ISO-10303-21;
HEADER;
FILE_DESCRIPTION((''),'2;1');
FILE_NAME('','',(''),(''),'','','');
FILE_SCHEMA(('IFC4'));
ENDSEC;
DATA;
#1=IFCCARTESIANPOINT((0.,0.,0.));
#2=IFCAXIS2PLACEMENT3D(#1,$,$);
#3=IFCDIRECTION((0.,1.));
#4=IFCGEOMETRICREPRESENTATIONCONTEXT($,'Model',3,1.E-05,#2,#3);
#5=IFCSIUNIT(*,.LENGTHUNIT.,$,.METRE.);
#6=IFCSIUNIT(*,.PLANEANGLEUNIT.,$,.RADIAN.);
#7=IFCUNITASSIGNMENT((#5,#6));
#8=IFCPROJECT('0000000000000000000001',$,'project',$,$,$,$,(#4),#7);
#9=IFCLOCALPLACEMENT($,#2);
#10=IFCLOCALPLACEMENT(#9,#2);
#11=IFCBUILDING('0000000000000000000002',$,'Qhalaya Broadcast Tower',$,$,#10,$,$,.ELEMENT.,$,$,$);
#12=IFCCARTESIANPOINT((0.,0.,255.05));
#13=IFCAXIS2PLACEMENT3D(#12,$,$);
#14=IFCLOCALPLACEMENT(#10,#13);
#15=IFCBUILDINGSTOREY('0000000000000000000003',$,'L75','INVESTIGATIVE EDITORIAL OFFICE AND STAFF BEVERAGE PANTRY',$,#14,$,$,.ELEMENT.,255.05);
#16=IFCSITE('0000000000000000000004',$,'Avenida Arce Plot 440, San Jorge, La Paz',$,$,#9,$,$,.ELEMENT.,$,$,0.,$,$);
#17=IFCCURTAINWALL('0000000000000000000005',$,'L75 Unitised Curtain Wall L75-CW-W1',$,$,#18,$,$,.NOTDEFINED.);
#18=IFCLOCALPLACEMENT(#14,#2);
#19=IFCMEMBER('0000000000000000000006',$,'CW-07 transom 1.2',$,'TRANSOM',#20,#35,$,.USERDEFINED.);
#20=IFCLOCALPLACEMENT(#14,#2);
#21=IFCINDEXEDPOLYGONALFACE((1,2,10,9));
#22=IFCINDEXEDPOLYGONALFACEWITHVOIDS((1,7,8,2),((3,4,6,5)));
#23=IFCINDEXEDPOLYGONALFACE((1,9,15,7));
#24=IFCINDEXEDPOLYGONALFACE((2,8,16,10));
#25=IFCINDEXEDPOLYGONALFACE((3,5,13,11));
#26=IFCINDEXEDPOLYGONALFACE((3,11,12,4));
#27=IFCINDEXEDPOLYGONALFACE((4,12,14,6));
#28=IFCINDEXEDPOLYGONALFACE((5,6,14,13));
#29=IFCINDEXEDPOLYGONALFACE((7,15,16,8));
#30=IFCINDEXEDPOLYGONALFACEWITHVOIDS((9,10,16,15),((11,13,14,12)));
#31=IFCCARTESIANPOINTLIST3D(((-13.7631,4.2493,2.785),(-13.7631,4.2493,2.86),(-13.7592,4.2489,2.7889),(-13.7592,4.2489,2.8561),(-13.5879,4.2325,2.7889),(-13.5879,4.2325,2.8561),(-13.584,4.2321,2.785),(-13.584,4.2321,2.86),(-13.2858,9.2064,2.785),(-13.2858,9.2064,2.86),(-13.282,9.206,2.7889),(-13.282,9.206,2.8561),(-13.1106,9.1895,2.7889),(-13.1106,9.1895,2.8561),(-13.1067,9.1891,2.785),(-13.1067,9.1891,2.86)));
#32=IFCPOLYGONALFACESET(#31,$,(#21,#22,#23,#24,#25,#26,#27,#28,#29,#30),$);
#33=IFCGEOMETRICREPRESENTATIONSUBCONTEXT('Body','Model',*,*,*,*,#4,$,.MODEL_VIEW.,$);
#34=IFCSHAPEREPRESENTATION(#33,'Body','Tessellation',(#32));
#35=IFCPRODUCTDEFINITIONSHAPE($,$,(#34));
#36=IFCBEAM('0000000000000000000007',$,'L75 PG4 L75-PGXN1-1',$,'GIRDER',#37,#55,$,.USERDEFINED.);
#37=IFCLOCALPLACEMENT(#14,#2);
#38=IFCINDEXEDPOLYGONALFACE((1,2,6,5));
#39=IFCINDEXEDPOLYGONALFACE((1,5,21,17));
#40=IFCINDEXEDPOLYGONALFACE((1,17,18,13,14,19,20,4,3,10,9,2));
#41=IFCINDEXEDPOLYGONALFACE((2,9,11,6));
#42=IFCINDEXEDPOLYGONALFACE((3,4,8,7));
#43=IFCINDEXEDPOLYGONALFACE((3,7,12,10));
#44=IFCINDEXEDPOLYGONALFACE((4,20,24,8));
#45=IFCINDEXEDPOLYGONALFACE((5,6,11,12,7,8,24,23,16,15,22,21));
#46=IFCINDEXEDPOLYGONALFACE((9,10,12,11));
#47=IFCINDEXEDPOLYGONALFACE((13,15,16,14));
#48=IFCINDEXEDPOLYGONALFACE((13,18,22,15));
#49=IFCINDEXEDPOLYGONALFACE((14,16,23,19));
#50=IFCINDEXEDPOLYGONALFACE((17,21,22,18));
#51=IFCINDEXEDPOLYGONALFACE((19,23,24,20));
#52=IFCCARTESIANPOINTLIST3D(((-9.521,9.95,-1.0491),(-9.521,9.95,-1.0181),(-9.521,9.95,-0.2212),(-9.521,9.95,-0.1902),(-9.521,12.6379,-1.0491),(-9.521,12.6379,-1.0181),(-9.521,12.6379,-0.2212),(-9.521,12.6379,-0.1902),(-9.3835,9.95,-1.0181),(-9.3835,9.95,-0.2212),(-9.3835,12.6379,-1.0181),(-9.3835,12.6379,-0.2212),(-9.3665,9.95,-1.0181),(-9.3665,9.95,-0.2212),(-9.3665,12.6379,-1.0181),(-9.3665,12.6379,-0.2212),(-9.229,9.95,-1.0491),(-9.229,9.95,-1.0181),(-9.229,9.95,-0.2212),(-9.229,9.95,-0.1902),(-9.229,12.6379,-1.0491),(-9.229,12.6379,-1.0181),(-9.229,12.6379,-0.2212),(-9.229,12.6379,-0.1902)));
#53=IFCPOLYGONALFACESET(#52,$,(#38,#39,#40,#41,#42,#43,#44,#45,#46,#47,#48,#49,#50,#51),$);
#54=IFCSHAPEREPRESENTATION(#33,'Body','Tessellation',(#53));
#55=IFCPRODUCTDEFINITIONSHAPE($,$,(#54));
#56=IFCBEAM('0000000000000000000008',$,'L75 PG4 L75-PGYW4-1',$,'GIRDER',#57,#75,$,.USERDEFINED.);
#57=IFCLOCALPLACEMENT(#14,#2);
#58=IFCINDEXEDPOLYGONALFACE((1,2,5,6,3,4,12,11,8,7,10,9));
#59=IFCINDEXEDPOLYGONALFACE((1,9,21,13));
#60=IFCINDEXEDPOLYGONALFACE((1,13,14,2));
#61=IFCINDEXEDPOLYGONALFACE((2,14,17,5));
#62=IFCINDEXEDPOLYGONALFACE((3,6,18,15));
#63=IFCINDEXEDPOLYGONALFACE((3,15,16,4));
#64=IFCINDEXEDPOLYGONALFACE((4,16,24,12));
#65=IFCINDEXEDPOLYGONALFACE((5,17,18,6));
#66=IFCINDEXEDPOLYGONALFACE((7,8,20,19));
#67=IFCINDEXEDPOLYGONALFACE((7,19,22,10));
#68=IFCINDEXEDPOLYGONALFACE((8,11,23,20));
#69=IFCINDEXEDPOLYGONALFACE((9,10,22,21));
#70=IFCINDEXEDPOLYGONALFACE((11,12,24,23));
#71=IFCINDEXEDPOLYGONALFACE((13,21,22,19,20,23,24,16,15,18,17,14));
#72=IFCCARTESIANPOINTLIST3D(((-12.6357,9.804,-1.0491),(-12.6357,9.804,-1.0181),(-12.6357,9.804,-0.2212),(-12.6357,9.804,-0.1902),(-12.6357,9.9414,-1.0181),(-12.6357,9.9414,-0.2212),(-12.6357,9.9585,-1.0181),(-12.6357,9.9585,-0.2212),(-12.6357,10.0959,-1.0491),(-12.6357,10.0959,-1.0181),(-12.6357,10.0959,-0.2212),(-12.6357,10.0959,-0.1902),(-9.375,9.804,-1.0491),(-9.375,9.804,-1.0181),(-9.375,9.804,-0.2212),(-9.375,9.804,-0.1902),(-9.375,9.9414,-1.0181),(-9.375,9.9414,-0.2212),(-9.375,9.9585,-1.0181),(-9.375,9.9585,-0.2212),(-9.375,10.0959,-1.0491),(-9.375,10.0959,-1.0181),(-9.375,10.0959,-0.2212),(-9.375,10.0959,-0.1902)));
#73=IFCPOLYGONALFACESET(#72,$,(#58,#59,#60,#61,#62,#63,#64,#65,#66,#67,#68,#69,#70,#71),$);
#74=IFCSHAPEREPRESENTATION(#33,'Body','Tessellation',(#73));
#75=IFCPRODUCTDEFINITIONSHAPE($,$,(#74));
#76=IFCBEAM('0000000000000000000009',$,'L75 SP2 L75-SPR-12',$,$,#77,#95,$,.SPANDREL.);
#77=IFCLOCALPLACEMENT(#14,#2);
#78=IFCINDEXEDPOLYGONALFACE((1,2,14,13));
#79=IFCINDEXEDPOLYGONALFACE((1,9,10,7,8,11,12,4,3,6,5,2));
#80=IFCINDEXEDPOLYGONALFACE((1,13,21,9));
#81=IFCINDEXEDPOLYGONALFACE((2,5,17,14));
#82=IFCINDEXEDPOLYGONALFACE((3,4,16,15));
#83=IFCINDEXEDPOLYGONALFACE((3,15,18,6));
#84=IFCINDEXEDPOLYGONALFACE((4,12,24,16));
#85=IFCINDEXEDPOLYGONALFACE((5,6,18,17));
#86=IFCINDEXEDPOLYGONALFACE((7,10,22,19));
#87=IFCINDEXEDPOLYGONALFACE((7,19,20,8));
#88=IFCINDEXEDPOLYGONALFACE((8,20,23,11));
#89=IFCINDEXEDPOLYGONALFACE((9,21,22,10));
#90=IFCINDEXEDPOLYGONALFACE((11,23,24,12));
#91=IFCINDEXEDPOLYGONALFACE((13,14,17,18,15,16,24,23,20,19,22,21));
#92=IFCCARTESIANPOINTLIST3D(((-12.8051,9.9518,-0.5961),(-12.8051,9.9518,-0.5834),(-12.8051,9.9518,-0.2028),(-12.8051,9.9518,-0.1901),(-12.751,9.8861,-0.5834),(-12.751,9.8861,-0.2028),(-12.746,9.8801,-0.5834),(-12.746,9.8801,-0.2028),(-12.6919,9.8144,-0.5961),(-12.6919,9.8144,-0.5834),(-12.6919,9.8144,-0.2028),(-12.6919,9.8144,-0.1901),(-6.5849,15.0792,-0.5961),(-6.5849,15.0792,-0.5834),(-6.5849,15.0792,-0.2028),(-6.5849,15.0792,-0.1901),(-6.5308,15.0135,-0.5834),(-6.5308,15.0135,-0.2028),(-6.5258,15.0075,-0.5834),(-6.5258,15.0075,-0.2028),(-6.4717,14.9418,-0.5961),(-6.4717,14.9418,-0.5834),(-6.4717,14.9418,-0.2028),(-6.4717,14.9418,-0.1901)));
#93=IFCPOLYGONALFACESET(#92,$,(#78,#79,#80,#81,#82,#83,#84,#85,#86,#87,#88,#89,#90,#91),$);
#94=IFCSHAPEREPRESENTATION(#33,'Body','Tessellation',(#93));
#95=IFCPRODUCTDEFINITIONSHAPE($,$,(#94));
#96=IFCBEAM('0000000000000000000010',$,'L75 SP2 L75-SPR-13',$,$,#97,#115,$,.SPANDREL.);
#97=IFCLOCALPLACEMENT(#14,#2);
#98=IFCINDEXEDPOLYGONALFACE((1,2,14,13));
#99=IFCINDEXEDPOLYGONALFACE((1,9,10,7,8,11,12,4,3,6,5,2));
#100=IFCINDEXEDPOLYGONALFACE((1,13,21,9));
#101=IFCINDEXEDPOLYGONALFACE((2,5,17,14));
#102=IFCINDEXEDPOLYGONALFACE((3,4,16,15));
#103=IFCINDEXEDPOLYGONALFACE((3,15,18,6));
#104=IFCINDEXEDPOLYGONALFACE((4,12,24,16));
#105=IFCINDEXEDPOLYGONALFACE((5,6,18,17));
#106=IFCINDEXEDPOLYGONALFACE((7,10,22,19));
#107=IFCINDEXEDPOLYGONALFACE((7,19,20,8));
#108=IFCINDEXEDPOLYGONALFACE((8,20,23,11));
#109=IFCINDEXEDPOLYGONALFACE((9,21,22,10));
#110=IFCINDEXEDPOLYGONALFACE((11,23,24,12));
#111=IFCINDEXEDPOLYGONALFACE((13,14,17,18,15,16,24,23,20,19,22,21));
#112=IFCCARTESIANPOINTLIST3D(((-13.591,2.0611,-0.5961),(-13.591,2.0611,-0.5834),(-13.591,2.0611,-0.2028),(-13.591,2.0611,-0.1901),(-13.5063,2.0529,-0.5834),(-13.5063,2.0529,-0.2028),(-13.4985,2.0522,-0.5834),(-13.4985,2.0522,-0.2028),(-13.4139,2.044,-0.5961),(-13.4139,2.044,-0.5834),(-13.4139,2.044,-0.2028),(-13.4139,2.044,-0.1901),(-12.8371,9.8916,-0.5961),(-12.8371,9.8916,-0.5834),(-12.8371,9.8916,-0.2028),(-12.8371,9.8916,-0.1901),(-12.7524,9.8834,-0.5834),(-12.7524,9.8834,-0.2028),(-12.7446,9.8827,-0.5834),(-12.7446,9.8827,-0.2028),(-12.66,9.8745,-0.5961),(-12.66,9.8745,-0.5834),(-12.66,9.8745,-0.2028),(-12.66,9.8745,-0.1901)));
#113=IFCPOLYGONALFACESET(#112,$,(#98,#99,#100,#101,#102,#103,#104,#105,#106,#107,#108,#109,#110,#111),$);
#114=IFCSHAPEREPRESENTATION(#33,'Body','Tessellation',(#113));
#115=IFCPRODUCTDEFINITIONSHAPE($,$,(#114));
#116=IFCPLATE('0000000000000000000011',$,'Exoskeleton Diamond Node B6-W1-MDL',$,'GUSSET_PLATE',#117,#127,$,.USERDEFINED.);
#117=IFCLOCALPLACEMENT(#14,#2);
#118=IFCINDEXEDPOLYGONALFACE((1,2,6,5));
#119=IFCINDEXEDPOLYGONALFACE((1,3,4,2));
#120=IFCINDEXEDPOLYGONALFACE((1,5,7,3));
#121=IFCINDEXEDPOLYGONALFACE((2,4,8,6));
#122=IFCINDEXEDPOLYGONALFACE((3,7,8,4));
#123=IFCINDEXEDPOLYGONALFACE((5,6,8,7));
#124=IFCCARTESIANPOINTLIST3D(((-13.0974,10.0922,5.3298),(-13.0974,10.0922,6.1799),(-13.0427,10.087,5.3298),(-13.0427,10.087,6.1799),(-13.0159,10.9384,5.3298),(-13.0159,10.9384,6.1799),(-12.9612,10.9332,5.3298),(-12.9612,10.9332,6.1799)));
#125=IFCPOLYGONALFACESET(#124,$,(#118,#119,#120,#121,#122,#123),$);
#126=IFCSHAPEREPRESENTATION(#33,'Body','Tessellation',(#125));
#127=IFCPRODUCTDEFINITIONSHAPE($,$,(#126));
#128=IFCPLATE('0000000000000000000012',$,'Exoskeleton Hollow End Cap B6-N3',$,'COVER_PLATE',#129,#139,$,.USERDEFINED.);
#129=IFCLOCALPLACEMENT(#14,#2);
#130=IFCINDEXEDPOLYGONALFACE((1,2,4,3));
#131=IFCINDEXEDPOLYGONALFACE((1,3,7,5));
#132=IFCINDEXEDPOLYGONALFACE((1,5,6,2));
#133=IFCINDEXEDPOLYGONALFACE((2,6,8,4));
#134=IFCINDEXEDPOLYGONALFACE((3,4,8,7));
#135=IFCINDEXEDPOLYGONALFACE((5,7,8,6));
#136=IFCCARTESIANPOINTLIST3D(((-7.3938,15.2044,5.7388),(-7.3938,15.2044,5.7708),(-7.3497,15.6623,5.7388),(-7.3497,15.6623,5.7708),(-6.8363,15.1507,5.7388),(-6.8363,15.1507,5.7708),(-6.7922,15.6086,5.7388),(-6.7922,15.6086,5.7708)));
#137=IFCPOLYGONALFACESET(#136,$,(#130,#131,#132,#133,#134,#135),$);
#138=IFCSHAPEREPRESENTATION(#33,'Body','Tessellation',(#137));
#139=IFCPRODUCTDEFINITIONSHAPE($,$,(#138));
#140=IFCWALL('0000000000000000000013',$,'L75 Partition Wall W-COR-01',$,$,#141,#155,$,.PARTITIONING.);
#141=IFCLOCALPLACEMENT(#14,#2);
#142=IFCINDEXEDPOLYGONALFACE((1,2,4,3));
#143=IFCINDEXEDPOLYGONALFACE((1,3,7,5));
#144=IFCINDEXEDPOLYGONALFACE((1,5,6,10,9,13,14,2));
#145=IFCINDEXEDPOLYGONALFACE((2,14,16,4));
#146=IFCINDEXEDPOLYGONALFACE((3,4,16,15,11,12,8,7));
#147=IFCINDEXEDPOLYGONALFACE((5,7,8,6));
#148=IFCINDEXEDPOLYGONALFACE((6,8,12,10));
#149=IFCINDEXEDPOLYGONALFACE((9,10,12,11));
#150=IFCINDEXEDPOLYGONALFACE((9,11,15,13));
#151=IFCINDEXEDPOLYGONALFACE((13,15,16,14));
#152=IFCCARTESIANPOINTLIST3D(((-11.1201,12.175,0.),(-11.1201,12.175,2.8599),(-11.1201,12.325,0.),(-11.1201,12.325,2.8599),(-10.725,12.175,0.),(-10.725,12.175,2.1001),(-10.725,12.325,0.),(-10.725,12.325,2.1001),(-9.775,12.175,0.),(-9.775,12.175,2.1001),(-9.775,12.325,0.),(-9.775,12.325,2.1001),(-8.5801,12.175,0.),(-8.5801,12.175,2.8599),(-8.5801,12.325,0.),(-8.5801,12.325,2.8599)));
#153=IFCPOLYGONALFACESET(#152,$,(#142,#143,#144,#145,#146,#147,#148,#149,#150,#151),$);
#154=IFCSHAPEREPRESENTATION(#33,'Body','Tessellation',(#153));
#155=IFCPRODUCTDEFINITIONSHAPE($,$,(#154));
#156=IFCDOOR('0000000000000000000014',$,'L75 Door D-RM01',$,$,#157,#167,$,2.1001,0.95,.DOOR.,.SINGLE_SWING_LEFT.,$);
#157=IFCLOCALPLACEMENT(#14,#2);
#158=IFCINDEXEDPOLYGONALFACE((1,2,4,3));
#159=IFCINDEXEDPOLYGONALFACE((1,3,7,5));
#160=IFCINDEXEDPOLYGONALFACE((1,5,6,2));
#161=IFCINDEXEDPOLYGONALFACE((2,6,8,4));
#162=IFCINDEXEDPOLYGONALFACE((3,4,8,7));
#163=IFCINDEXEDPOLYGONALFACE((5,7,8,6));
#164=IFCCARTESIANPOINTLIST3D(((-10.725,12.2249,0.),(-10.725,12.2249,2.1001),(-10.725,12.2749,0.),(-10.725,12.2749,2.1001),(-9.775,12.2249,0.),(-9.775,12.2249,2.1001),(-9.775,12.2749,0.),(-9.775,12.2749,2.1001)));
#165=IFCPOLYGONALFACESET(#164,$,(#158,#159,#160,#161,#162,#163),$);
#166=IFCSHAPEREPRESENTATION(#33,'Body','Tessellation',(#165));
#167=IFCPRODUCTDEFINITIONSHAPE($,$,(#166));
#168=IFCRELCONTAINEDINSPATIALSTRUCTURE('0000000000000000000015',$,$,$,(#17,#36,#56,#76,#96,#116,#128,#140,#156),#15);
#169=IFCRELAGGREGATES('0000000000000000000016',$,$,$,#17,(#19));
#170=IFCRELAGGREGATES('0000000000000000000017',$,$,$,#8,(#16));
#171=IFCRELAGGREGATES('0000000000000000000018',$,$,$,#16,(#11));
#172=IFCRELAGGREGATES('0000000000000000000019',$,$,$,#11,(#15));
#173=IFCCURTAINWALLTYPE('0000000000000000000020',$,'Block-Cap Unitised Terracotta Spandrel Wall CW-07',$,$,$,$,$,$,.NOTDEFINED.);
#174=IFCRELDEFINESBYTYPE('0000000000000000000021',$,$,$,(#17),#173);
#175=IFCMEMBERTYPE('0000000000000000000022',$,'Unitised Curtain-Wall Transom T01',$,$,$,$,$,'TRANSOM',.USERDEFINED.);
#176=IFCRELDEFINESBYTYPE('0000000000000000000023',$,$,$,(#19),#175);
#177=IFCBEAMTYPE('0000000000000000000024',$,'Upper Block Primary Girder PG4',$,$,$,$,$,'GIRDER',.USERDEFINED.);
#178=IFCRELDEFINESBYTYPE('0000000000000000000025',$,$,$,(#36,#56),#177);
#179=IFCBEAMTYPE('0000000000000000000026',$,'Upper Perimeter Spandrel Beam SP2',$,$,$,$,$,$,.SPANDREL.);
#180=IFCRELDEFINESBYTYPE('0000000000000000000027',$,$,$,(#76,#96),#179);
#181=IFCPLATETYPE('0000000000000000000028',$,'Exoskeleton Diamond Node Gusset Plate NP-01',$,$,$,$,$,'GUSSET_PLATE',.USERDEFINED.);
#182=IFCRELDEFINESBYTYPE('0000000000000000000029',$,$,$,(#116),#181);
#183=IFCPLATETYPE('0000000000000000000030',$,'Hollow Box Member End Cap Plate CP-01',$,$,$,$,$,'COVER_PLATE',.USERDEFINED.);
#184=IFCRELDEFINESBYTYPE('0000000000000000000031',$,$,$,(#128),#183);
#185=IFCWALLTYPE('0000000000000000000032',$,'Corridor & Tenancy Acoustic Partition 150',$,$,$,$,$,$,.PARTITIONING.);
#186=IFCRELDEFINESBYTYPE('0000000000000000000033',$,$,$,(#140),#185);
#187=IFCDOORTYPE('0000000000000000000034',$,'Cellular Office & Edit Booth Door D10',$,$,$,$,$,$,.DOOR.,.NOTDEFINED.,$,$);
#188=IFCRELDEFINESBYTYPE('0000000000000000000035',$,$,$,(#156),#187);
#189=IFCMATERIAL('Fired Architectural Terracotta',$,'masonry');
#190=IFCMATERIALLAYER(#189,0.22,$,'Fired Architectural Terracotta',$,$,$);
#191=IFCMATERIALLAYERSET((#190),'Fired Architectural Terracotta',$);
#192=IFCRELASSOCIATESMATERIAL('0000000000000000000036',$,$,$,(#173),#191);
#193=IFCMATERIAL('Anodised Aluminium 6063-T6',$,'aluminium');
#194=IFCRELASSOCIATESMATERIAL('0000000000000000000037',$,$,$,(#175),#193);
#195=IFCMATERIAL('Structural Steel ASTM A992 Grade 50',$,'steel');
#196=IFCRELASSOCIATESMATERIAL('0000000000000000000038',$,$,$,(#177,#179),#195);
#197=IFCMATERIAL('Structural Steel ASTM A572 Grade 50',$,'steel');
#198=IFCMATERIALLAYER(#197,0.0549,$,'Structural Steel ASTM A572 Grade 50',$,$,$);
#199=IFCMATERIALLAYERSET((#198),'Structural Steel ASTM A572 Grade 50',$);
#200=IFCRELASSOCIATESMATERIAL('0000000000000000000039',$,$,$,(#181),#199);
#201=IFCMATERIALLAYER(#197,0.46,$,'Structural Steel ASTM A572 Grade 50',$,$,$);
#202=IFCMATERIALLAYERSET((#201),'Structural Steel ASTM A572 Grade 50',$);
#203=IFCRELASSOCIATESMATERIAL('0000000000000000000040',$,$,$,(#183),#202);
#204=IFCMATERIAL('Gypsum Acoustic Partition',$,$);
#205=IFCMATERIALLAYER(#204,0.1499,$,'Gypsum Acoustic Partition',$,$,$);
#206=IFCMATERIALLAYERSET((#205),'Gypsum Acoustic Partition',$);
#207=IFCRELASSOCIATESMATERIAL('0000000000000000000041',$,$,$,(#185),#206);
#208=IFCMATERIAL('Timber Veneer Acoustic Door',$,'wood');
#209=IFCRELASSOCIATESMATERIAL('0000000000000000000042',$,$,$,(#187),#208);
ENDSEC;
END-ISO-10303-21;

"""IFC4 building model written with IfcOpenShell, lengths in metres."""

from ifc_helpers import new_model, si_unit, direction, frame, frame_2d, origin, origin_2d, place, context, subcontext, project, spatial, rectangle, hollow_rectangle, i_section, extrude, material, layer, layer_set, material_profile, profile_set, type_object, element, fill, aggregate, save


model = new_model("IFC4")

# Units and contexts
model_context = context("Model", 3, precision=1e-05, world=origin(), true_north=direction((0.0, 1.0)))
body_context = subcontext(model_context, "Body", "Model", "MODEL_VIEW")
ifc_project = project(units=[si_unit("LENGTHUNIT", "METRE"), si_unit("PLANEANGLEUNIT", "RADIAN")], contexts=[model_context])

# Site, building, storey
site_placement = place(None, origin())
site = spatial("IfcSite", under=ifc_project, at=site_placement, Name="Avenida Arce Plot 440, San Jorge, La Paz", CompositionType="ELEMENT", RefElevation=0.0)
building_placement = place(site_placement, origin())
building = spatial("IfcBuilding", under=site, at=building_placement, Name="Qhalaya Broadcast Tower", CompositionType="ELEMENT")
storey_placement = place(building_placement, frame((0.0, 0.0, 255.05)))
storey = spatial("IfcBuildingStorey", under=building, at=storey_placement, Name="L75", Description="INVESTIGATIVE EDITORIAL OFFICE AND STAFF BEVERAGE PANTRY", CompositionType="ELEMENT", Elevation=255.05)

# Shared definitions
ifc_material_1 = material(Name="Structural Steel ASTM A572 Grade 50", Category="steel")

# Shared definitions
ifc_material_2 = material(Name="Structural Steel ASTM A992 Grade 50", Category="steel")

# Shared definitions
ifc_material_3 = material(Name="Fired Architectural Terracotta", Category="masonry")
ifc_layer_1 = layer(ifc_material_3, 0.22, Name="Fired Architectural Terracotta")
ifc_layer_set_1 = layer_set([ifc_layer_1], Name="Fired Architectural Terracotta")
curtain_wall_type = type_object("IfcCurtainWallType", Name="Block-Cap Unitised Terracotta Spandrel Wall CW-07", PredefinedType="NOTDEFINED", material=ifc_layer_set_1)
ifc_material_4 = material(Name="Anodised Aluminium 6063-T6", Category="aluminium")

# Curtain wall, member
curtain_wall_1_placement = place(storey_placement, origin())
curtain_wall_1 = element("IfcCurtainWall", 1, at=curtain_wall_1_placement, inside=storey, type_object=curtain_wall_type, Name="L75 Unitised Curtain Wall L75-CW-W1", PredefinedType="NOTDEFINED")
ifc_material_profile_1 = material_profile(ifc_material_4, hollow_rectangle(XDim=0.075, YDim=0.1799, WallThickness=0.0039, at=origin_2d()), Name="ALU-TRN 75x180x4")
ifc_profile_set_1 = profile_set([ifc_material_profile_1], Name="Anodised Aluminium 6063-T6")
member_type_1 = type_object("IfcMemberType", Name="Unitised Curtain-Wall Transom T01", ElementType="TRANSOM", PredefinedType="USERDEFINED", material=ifc_profile_set_1)
member_1_placement = place(storey_placement, frame((-13.1963, 9.1978, 2.8225), z_axis=(-0.095843, -0.995396, 0.0), x_axis=(0.0, 0.0, 1.0)))
member_1 = element("IfcMember", 2, at=member_1_placement, type_object=member_type_1, Name="CW-07 transom 1.2", ObjectType="TRANSOM", PredefinedType="USERDEFINED", context=body_context, shape_type="SweptSolid", body=[
    extrude(hollow_rectangle(XDim=0.075, YDim=0.1799, WallThickness=0.0039, at=origin_2d()), origin(), (0.0, 0.0, 1.0), 4.98),
])
aggregate(curtain_wall_1, [member_1])

# Beams
ifc_material_profile_2 = material_profile(ifc_material_2, i_section(OverallWidth=0.292, OverallDepth=0.8589, WebThickness=0.0171, FlangeThickness=0.031, at=origin_2d()), Name="W33X169")
ifc_profile_set_2 = profile_set([ifc_material_profile_2], Name="Structural Steel ASTM A992 Grade 50")
beam_type_1 = type_object("IfcBeamType", Name="Upper Block Primary Girder PG4", ElementType="GIRDER", PredefinedType="USERDEFINED", material=ifc_profile_set_2)
beam_1_placement = place(storey_placement, frame((-9.375, 9.95, -0.6196), z_axis=(0.0, 1.0, 0.0), x_axis=(-1.0, 0.0, 0.0)))
element("IfcBeam", 3, at=beam_1_placement, inside=storey, type_object=beam_type_1, Name="L75 PG4 L75-PGXN1-1", ObjectType="GIRDER", PredefinedType="USERDEFINED", context=body_context, shape_type="SweptSolid", body=[
    extrude(i_section(OverallWidth=0.292, OverallDepth=0.8589, WebThickness=0.0171, FlangeThickness=0.031, at=origin_2d()), origin(), (0.0, 0.0, 1.0), 2.688),
])
beam_2_placement = place(storey_placement, frame((-12.6357, 9.95, -0.6196), z_axis=(1.0, 0.0, 0.0), x_axis=(0.0, 1.0, 0.0)))
element("IfcBeam", 4, at=beam_2_placement, inside=storey, type_object=beam_type_1, Name="L75 PG4 L75-PGYW4-1", ObjectType="GIRDER", PredefinedType="USERDEFINED", context=body_context, shape_type="SweptSolid", body=[
    extrude(i_section(OverallWidth=0.292, OverallDepth=0.8589, WebThickness=0.0171, FlangeThickness=0.031, at=origin_2d()), origin(), (0.0, 0.0, 1.0), 3.2607),
])
ifc_material_profile_3 = material_profile(ifc_material_2, i_section(OverallWidth=0.178, OverallDepth=0.406, WebThickness=0.0078, FlangeThickness=0.0127, at=origin_2d()), Name="W16X40")
ifc_profile_set_3 = profile_set([ifc_material_profile_3], Name="Structural Steel ASTM A992 Grade 50")
beam_type_2 = type_object("IfcBeamType", Name="Upper Perimeter Spandrel Beam SP2", PredefinedType="SPANDREL", material=ifc_profile_set_3)
beam_3_placement = place(storey_placement, frame((-6.5283, 15.0105, -0.3931), z_axis=(-0.771631, -0.63607, 0.0), x_axis=(0.63607, -0.771631, 0.0)))
element("IfcBeam", 5, at=beam_3_placement, inside=storey, type_object=beam_type_2, Name="L75 SP2 L75-SPR-12", PredefinedType="SPANDREL", context=body_context, shape_type="SweptSolid", body=[
    extrude(i_section(OverallWidth=0.178, OverallDepth=0.406, WebThickness=0.0078, FlangeThickness=0.0127, at=origin_2d()), origin(), (0.0, 0.0, 1.0), 8.061),
])
beam_4_placement = place(storey_placement, frame((-12.7485, 9.8831, -0.3931), z_axis=(-0.095834, -0.995397, 0.0), x_axis=(0.995397, -0.095834, 0.0)))
element("IfcBeam", 6, at=beam_4_placement, inside=storey, type_object=beam_type_2, Name="L75 SP2 L75-SPR-13", PredefinedType="SPANDREL", context=body_context, shape_type="SweptSolid", body=[
    extrude(i_section(OverallWidth=0.178, OverallDepth=0.406, WebThickness=0.0078, FlangeThickness=0.0127, at=origin_2d()), origin(), (0.0, 0.0, 1.0), 7.8667),
])

# Plates
ifc_layer_2 = layer(ifc_material_1, 0.0549, Name="Structural Steel ASTM A572 Grade 50")
ifc_layer_set_2 = layer_set([ifc_layer_2], Name="Structural Steel ASTM A572 Grade 50")
plate_type_1 = type_object("IfcPlateType", Name="Exoskeleton Diamond Node Gusset Plate NP-01", ElementType="GUSSET_PLATE", PredefinedType="USERDEFINED", material=ifc_layer_set_2)
plate_1_placement = place(storey_placement, frame((-13.0293, 10.5127, 5.3298), z_axis=(0.0, 0.0, 1.0), x_axis=(0.095846, 0.995396, 0.0)))
element("IfcPlate", 7, at=plate_1_placement, inside=storey, type_object=plate_type_1, Name="Exoskeleton Diamond Node B6-W1-MDL", ObjectType="GUSSET_PLATE", PredefinedType="USERDEFINED", context=body_context, shape_type="SweptSolid", body=[
    extrude(rectangle(XDim=0.8501, YDim=0.0549, at=origin_2d()), origin(), (0.0, 0.0, 1.0), 0.8501),
])
ifc_layer_3 = layer(ifc_material_1, 0.46, Name="Structural Steel ASTM A572 Grade 50")
ifc_layer_set_3 = layer_set([ifc_layer_3], Name="Structural Steel ASTM A572 Grade 50")
plate_type_2 = type_object("IfcPlateType", Name="Hollow Box Member End Cap Plate CP-01", ElementType="COVER_PLATE", PredefinedType="USERDEFINED", material=ifc_layer_set_3)
plate_2_placement = place(storey_placement, frame((-7.093, 15.4065, 5.7388), z_axis=(0.0, 0.0, 1.0), x_axis=(0.995396, -0.095846, 0.0)))
element("IfcPlate", 8, at=plate_2_placement, inside=storey, type_object=plate_type_2, Name="Exoskeleton Hollow End Cap B6-N3", ObjectType="COVER_PLATE", PredefinedType="USERDEFINED", context=body_context, shape_type="SweptSolid", body=[
    extrude(rectangle(XDim=0.5601, YDim=0.46, at=origin_2d()), origin(), (0.0, 0.0, 1.0), 0.032),
])

# Wall, opening, door
ifc_material_5 = material(Name="Gypsum Acoustic Partition")
ifc_layer_4 = layer(ifc_material_5, 0.1499, Name="Gypsum Acoustic Partition")
ifc_layer_set_4 = layer_set([ifc_layer_4], Name="Gypsum Acoustic Partition")
wall_type_1 = type_object("IfcWallType", Name="Corridor & Tenancy Acoustic Partition 150", PredefinedType="PARTITIONING", material=ifc_layer_set_4)
wall_1_placement = place(storey_placement, frame((-11.1201, 12.25, 0.0), z_axis=(0.0, 0.0, 1.0), x_axis=(1.0, 0.0, 0.0)))
wall_1 = element("IfcWall", 9, at=wall_1_placement, inside=storey, type_object=wall_type_1, Name="L75 Partition Wall W-COR-01", PredefinedType="PARTITIONING", context=body_context, shape_type="SweptSolid", body=[
    extrude(rectangle(XDim=2.54, YDim=0.1499, at=frame_2d((1.27, 0.0))), origin(), (0.0, 0.0, 1.0), 2.8599),
])
opening_1_placement = place(wall_1_placement, frame((0.395, 0.0, 0.0)))
opening_1 = element("IfcOpeningElement", 10, at=opening_1_placement, cuts=wall_1, PredefinedType="OPENING", context=body_context, shape_type="SweptSolid", body=[
    extrude(rectangle(XDim=0.95, YDim=2.1001, at=frame_2d((0.4751, 1.05))), frame((0.0, 0.0869, 0.0), z_axis=(0.0, -1.0, 0.0), x_axis=(1.0, 0.0, 0.0)), (0.0, 0.0, 1.0), 0.1738),
])
ifc_material_6 = material(Name="Timber Veneer Acoustic Door", Category="wood")
door_type = type_object("IfcDoorType", Name="Cellular Office & Edit Booth Door D10", OperationType="NOTDEFINED", PredefinedType="DOOR", material=ifc_material_6)
door_1_placement = place(opening_1_placement, origin())
door_1 = element("IfcDoor", 11, at=door_1_placement, inside=storey, type_object=door_type, Name="L75 Door D-RM01", OperationType="SINGLE_SWING_LEFT", OverallHeight=2.1001, OverallWidth=0.95, PredefinedType="DOOR", context=body_context, shape_type="SweptSolid", body=[
    extrude(rectangle(XDim=0.95, YDim=2.1001, at=frame_2d((0.4751, 1.05))), frame((0.0, 0.0249, 0.0), z_axis=(0.0, -1.0, 0.0), x_axis=(1.0, 0.0, 0.0)), (0.0, 0.0, 1.0), 0.05),
])
fill(opening_1, door_1)

save(model, "model.ifc")
